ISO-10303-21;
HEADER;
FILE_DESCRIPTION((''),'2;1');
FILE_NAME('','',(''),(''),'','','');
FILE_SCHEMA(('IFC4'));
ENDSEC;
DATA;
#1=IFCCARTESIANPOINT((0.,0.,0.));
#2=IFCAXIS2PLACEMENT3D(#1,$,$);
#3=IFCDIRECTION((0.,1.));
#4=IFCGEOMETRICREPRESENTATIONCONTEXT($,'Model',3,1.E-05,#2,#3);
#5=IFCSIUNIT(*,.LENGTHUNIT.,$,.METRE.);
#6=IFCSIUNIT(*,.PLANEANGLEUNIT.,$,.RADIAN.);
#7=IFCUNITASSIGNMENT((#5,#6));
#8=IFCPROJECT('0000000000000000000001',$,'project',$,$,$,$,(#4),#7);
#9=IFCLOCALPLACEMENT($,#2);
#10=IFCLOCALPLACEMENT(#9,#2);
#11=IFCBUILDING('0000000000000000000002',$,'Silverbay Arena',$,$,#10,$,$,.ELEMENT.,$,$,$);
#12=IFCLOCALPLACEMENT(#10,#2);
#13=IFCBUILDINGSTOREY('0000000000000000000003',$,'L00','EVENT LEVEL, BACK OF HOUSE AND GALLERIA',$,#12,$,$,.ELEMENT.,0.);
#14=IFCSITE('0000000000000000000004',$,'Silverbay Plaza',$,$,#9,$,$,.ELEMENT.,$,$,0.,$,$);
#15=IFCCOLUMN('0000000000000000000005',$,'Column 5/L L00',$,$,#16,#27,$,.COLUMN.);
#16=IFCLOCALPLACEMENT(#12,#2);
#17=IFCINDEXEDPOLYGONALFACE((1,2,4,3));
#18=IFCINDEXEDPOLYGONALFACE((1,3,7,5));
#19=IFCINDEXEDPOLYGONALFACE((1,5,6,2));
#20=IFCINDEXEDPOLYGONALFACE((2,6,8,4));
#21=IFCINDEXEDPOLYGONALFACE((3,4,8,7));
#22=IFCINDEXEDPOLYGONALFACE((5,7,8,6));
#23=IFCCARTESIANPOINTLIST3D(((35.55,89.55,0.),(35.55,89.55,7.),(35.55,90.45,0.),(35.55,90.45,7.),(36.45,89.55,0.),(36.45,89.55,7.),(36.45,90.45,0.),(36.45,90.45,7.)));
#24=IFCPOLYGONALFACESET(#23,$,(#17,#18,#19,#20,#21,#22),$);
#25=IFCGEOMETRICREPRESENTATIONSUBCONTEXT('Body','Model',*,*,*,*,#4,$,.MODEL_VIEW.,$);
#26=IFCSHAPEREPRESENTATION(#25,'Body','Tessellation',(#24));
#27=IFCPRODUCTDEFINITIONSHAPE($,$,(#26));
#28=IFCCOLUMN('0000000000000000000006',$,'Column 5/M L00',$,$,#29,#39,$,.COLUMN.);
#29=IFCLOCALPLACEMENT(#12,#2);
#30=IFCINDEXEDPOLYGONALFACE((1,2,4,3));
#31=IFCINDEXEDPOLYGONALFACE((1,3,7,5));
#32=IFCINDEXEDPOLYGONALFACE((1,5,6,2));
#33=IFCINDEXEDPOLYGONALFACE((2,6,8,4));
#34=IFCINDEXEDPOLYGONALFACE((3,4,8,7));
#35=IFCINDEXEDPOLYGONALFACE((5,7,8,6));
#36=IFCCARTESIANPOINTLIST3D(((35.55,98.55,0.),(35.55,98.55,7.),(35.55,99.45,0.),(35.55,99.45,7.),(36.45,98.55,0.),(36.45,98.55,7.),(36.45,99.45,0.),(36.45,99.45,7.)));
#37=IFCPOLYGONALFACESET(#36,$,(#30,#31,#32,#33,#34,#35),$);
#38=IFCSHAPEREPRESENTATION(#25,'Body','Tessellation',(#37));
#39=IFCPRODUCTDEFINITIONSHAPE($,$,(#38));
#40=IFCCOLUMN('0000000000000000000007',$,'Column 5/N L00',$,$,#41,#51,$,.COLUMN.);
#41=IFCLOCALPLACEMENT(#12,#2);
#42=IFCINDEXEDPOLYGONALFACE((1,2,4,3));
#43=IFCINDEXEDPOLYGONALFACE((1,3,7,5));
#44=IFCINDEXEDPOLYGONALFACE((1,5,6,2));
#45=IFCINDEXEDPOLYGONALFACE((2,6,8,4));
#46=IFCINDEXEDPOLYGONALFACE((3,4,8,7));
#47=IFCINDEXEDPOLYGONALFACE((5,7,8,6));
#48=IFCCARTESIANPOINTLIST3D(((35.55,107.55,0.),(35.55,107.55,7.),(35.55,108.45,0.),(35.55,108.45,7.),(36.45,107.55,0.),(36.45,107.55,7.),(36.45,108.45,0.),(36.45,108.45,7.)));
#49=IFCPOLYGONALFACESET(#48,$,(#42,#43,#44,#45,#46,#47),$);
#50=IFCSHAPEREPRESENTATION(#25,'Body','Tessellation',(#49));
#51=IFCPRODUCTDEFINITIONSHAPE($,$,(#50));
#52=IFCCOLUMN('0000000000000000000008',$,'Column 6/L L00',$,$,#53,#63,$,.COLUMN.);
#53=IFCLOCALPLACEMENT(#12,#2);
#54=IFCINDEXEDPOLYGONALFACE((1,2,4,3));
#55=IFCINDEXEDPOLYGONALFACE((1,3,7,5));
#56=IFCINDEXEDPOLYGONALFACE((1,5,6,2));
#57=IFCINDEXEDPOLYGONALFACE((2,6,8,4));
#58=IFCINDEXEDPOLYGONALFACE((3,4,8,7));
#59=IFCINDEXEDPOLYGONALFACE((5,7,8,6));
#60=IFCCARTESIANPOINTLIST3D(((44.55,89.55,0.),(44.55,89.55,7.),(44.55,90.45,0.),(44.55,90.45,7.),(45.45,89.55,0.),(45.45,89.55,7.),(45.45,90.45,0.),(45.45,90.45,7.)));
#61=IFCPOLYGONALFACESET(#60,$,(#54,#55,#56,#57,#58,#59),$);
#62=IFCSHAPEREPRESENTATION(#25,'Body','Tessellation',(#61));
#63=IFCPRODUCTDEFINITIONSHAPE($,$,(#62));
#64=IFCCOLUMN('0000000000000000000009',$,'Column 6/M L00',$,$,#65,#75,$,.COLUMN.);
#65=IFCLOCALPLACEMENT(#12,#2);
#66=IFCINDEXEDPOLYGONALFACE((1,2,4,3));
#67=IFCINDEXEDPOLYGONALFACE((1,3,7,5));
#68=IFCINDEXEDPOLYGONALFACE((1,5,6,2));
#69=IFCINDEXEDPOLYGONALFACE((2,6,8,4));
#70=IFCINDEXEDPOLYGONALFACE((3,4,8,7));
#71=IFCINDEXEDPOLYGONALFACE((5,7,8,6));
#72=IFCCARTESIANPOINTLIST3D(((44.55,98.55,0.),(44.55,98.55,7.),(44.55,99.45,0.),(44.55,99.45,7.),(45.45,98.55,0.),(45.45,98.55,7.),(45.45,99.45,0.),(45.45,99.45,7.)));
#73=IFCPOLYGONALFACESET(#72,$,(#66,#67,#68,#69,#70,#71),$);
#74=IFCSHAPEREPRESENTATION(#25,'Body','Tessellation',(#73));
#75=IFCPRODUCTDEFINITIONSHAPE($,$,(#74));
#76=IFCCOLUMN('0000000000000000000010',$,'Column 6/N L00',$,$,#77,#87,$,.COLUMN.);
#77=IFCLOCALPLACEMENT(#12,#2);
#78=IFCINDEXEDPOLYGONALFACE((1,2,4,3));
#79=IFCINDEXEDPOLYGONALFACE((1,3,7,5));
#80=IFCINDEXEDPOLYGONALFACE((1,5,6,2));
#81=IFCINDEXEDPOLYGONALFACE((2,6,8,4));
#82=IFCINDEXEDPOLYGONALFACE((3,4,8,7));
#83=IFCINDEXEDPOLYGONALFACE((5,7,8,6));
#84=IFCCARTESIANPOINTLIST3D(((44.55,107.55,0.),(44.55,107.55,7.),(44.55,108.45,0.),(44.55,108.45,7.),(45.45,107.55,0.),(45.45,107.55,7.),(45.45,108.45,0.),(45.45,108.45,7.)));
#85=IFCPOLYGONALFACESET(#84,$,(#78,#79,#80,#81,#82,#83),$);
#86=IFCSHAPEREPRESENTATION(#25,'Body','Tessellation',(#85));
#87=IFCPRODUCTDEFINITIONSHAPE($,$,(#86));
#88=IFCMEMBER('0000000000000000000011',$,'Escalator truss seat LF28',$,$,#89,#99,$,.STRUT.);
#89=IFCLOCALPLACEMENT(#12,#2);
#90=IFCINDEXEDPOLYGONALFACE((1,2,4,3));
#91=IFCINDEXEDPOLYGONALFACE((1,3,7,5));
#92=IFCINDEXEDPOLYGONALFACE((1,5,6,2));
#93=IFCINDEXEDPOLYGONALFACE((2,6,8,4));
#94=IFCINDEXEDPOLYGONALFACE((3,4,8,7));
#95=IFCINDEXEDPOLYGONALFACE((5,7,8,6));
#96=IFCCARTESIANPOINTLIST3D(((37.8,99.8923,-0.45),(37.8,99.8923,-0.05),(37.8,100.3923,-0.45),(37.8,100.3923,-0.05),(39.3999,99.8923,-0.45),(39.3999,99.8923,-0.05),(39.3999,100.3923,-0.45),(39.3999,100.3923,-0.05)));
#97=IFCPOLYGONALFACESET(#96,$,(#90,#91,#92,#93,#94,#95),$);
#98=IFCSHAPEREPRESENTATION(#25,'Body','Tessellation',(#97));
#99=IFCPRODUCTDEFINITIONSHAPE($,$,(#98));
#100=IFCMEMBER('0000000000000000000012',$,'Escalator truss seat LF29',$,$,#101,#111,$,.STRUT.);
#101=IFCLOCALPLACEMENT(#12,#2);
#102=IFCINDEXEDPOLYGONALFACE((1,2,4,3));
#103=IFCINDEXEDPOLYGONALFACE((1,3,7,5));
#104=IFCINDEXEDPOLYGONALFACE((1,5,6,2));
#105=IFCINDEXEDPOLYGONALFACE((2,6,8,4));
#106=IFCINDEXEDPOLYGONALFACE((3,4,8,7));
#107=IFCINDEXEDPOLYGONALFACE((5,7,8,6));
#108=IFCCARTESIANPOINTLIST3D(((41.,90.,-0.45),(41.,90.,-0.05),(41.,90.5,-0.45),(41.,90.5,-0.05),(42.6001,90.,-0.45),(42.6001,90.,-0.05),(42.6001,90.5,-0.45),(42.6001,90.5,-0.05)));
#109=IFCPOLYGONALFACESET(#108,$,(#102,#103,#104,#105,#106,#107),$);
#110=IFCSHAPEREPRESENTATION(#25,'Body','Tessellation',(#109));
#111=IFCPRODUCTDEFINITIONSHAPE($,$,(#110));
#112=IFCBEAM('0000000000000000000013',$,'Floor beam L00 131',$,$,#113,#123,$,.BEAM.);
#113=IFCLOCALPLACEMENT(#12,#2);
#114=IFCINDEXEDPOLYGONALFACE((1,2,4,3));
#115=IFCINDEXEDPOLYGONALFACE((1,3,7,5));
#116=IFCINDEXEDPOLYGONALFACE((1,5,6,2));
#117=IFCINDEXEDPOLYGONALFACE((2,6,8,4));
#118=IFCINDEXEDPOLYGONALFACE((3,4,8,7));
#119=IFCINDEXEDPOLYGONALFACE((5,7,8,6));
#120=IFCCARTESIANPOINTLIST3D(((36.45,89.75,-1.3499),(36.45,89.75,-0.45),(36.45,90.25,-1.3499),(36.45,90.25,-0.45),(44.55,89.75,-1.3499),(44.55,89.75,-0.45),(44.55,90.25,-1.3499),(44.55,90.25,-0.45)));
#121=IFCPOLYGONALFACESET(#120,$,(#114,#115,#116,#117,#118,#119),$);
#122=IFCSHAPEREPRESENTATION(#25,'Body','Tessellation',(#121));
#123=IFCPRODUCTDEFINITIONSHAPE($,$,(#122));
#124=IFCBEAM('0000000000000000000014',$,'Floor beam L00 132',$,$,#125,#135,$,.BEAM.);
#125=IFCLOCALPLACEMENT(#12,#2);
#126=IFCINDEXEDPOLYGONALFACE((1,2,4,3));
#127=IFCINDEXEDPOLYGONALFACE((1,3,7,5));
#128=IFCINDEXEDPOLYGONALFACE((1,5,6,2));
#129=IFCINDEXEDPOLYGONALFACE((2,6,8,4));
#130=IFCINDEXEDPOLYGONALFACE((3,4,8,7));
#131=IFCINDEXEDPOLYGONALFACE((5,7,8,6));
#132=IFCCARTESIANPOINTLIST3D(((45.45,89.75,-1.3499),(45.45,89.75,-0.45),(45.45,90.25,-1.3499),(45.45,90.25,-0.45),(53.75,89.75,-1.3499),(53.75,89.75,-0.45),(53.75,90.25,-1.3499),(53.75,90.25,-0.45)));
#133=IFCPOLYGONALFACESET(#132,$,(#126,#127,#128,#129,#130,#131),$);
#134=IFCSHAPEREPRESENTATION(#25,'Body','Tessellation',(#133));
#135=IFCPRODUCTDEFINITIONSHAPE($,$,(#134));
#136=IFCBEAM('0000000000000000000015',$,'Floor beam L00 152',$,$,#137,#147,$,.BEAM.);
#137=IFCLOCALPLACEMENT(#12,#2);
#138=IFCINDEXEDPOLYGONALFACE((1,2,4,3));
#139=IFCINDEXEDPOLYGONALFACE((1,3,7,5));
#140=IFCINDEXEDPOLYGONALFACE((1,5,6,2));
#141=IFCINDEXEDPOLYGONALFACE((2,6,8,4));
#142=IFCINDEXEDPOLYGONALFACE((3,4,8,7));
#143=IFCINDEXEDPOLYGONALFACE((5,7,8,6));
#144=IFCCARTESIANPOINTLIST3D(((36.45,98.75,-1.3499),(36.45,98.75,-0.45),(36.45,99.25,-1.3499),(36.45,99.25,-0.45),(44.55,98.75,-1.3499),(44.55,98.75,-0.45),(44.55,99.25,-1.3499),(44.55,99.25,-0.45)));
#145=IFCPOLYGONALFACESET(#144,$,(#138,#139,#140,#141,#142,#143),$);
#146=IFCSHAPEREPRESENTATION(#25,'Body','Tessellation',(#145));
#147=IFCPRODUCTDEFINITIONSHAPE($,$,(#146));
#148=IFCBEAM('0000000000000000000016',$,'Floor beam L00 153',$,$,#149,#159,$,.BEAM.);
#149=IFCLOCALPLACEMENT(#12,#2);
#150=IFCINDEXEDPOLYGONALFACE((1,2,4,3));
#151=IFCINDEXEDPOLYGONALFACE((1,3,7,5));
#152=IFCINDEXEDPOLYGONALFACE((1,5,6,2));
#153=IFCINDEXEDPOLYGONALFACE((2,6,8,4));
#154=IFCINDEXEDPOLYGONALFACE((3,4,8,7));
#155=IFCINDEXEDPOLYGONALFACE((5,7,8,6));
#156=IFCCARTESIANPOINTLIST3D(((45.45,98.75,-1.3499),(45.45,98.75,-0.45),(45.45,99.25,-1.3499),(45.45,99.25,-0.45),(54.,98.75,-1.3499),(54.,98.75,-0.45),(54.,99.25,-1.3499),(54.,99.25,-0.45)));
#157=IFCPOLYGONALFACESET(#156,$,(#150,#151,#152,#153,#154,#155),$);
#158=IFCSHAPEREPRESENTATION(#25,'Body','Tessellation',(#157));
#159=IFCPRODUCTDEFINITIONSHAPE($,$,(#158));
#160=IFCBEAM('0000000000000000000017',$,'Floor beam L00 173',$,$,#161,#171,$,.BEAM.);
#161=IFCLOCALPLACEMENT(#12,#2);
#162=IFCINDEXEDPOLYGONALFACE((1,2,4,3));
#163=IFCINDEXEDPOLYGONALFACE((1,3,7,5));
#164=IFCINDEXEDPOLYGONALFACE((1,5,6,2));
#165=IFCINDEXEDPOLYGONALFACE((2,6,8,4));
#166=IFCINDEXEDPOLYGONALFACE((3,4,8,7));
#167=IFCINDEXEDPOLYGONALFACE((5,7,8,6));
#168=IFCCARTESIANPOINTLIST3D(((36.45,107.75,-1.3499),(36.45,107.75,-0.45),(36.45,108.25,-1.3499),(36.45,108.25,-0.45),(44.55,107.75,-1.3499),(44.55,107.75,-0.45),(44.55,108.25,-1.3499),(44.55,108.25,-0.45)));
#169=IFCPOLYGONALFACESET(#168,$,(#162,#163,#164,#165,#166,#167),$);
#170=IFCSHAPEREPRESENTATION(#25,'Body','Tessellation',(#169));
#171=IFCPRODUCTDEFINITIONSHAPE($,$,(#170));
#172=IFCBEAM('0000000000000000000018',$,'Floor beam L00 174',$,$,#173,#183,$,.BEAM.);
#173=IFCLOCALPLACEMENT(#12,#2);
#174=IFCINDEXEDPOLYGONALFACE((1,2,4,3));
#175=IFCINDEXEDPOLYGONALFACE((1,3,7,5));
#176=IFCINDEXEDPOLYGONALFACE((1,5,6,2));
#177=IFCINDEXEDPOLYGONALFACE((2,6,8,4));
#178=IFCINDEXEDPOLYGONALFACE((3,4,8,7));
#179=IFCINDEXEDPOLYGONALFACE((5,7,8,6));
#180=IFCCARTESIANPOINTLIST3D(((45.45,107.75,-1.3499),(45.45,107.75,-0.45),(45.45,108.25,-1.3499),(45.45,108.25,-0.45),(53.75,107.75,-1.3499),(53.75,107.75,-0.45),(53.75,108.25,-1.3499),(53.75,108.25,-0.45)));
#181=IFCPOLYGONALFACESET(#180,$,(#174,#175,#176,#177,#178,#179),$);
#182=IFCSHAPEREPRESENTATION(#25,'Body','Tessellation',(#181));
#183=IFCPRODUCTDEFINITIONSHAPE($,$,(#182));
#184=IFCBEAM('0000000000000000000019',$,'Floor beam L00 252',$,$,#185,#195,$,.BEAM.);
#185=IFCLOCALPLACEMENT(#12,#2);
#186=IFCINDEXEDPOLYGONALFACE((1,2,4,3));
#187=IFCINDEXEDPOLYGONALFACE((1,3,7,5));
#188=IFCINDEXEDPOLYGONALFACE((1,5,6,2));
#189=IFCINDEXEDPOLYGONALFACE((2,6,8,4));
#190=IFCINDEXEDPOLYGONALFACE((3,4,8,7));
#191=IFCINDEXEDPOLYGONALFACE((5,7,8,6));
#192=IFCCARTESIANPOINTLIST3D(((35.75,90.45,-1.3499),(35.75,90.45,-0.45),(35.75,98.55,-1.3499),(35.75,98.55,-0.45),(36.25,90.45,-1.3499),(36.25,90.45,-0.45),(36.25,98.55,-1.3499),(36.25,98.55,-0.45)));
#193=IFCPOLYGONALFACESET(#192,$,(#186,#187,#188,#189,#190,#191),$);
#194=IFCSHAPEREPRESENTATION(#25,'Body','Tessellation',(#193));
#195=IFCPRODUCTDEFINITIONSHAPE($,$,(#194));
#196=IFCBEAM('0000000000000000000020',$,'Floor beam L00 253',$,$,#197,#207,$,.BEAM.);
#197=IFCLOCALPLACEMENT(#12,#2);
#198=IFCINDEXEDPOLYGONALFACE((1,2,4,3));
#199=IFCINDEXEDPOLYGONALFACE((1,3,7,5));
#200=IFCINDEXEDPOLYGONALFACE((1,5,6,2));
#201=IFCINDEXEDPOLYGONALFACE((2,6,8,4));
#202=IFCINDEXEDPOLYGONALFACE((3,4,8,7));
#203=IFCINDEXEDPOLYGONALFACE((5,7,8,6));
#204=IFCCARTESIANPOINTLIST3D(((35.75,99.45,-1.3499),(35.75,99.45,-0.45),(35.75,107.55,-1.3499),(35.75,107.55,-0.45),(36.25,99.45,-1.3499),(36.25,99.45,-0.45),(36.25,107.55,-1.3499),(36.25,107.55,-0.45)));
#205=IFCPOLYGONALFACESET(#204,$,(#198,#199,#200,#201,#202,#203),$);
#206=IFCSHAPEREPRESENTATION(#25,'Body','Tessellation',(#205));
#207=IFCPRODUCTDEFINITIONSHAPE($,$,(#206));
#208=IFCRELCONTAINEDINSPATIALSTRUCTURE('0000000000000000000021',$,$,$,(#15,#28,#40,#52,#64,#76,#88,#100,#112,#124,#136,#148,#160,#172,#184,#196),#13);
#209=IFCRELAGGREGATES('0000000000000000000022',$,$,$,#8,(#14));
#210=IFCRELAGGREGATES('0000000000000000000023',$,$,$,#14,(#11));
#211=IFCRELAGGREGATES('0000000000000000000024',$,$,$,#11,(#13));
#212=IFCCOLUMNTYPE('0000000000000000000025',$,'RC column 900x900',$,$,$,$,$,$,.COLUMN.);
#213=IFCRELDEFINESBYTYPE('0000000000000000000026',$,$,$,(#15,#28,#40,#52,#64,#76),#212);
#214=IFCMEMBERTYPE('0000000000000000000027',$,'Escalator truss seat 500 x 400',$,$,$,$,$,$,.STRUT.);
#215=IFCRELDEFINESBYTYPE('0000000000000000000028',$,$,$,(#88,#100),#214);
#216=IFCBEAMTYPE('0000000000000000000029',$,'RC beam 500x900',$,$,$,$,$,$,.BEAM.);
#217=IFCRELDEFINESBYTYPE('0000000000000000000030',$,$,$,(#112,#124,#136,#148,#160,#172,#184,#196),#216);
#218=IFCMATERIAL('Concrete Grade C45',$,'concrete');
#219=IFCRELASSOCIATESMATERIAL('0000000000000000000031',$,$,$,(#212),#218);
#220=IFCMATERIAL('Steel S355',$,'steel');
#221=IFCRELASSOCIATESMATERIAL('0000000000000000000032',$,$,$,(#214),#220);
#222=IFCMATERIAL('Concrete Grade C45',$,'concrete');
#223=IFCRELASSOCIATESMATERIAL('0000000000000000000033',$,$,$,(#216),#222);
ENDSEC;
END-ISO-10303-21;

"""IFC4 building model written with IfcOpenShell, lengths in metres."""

from ifc_helpers import new_model, si_unit, direction, frame, origin, origin_2d, place, context, subcontext, project, spatial, rectangle, extrude, material, material_profile, profile_set, type_object, element, save


model = new_model("IFC4")

# Units and contexts
model_context = context("Model", 3, precision=1e-05, world=origin(), true_north=direction((0.0, 1.0)))
body_context = subcontext(model_context, "Body", "Model", "MODEL_VIEW")
ifc_project = project(units=[si_unit("LENGTHUNIT", "METRE"), si_unit("PLANEANGLEUNIT", "RADIAN")], contexts=[model_context])

# Site, building, storey
site_placement = place(None, origin())
site = spatial("IfcSite", under=ifc_project, at=site_placement, Name="Silverbay Plaza", CompositionType="ELEMENT", RefElevation=0.0)
building_placement = place(site_placement, origin())
building = spatial("IfcBuilding", under=site, at=building_placement, Name="Silverbay Arena", CompositionType="ELEMENT")
storey_placement = place(building_placement, origin())
storey = spatial("IfcBuildingStorey", under=building, at=storey_placement, Name="L00", Description="EVENT LEVEL, BACK OF HOUSE AND GALLERIA", CompositionType="ELEMENT", Elevation=0.0)

# Columns
ifc_material_1 = material(Name="Concrete Grade C45", Category="concrete")
ifc_material_profile_1 = material_profile(ifc_material_1, rectangle(XDim=0.8999, YDim=0.8999, at=origin_2d()), Name="RC 900x900")
ifc_profile_set_1 = profile_set([ifc_material_profile_1], Name="Concrete Grade C45")
column_type = type_object("IfcColumnType", Name="RC column 900x900", PredefinedType="COLUMN", material=ifc_profile_set_1)
for number, where, z_axis, x_axis, name in (
    (1, (36.0, 90.0, 0.0), (0.0, 0.0, 1.0), (1.0, 0.0, 0.0), "Column 5/L L00"),
    (2, (36.0, 99.0, 0.0), (0.0, 0.0, 1.0), (1.0, 0.0, 0.0), "Column 5/M L00"),
    (3, (36.0, 108.0, 0.0), (0.0, 0.0, 1.0), (1.0, 0.0, 0.0), "Column 5/N L00"),
    (4, (45.0, 90.0, 0.0), (0.0, 0.0, 1.0), (1.0, 0.0, 0.0), "Column 6/L L00"),
    (5, (45.0, 99.0, 0.0), (0.0, 0.0, 1.0), (1.0, 0.0, 0.0), "Column 6/M L00"),
    (6, (45.0, 108.0, 0.0), (0.0, 0.0, 1.0), (1.0, 0.0, 0.0), "Column 6/N L00"),
):
    element("IfcColumn", number, at=place(storey_placement, frame(where, z_axis=z_axis, x_axis=x_axis)), inside=storey, type_object=column_type, Name=name, PredefinedType="COLUMN", context=body_context, shape_type="SweptSolid", body=[
        extrude(rectangle(XDim=0.8999, YDim=0.8999, at=origin_2d()), origin(), (0.0, 0.0, 1.0), 7.0),
    ])

# Members
ifc_material_2 = material(Name="Steel S355", Category="steel")
ifc_material_profile_2 = material_profile(ifc_material_2, rectangle(XDim=0.5, YDim=0.3999, at=origin_2d()), Name="BOX 500x400")
ifc_profile_set_2 = profile_set([ifc_material_profile_2], Name="Steel S355")
member_type = type_object("IfcMemberType", Name="Escalator truss seat 500 x 400", PredefinedType="STRUT", material=ifc_profile_set_2)
member_1_placement = place(storey_placement, frame((37.8, 100.1423, -0.25), z_axis=(1.0, 0.0, 0.0), x_axis=(0.0, 1.0, 0.0)))
element("IfcMember", 7, at=member_1_placement, inside=storey, type_object=member_type, Name="Escalator truss seat LF28", PredefinedType="STRUT", context=body_context, shape_type="SweptSolid", body=[
    extrude(rectangle(XDim=0.5, YDim=0.3999, at=origin_2d()), origin(), (0.0, 0.0, 1.0), 1.5999),
])
member_2_placement = place(storey_placement, frame((41.0, 90.25, -0.25), z_axis=(1.0, 0.0, 0.0), x_axis=(0.0, 1.0, 0.0)))
element("IfcMember", 8, at=member_2_placement, inside=storey, type_object=member_type, Name="Escalator truss seat LF29", PredefinedType="STRUT", context=body_context, shape_type="SweptSolid", body=[
    extrude(rectangle(XDim=0.5, YDim=0.3999, at=origin_2d()), origin(), (0.0, 0.0, 1.0), 1.6001),
])

# Beams
ifc_material_3 = material(Name="Concrete Grade C45", Category="concrete")
ifc_material_profile_3 = material_profile(ifc_material_3, rectangle(XDim=0.5, YDim=0.8999, at=origin_2d()), Name="RC 500x900")
ifc_profile_set_3 = profile_set([ifc_material_profile_3], Name="Concrete Grade C45")
beam_type = type_object("IfcBeamType", Name="RC beam 500x900", PredefinedType="BEAM", material=ifc_profile_set_3)
beam_1_placement = place(storey_placement, frame((36.45, 90.0, -0.8999), z_axis=(1.0, 0.0, 0.0), x_axis=(0.0, 1.0, 0.0)))
element("IfcBeam", 9, at=beam_1_placement, inside=storey, type_object=beam_type, Name="Floor beam L00 131", PredefinedType="BEAM", context=body_context, shape_type="SweptSolid", body=[
    extrude(rectangle(XDim=0.5, YDim=0.8999, at=origin_2d()), origin(), (0.0, 0.0, 1.0), 8.1001),
])
beam_2_placement = place(storey_placement, frame((45.45, 90.0, -0.8999), z_axis=(1.0, 0.0, 0.0), x_axis=(0.0, 1.0, 0.0)))
element("IfcBeam", 10, at=beam_2_placement, inside=storey, type_object=beam_type, Name="Floor beam L00 132", PredefinedType="BEAM", context=body_context, shape_type="SweptSolid", body=[
    extrude(rectangle(XDim=0.5, YDim=0.8999, at=origin_2d()), origin(), (0.0, 0.0, 1.0), 8.3),
])
beam_3_placement = place(storey_placement, frame((36.45, 99.0, -0.8999), z_axis=(1.0, 0.0, 0.0), x_axis=(0.0, 1.0, 0.0)))
element("IfcBeam", 11, at=beam_3_placement, inside=storey, type_object=beam_type, Name="Floor beam L00 152", PredefinedType="BEAM", context=body_context, shape_type="SweptSolid", body=[
    extrude(rectangle(XDim=0.5, YDim=0.8999, at=origin_2d()), origin(), (0.0, 0.0, 1.0), 8.1001),
])
beam_4_placement = place(storey_placement, frame((45.45, 99.0, -0.8999), z_axis=(1.0, 0.0, 0.0), x_axis=(0.0, 1.0, 0.0)))
element("IfcBeam", 12, at=beam_4_placement, inside=storey, type_object=beam_type, Name="Floor beam L00 153", PredefinedType="BEAM", context=body_context, shape_type="SweptSolid", body=[
    extrude(rectangle(XDim=0.5, YDim=0.8999, at=origin_2d()), origin(), (0.0, 0.0, 1.0), 8.55),
])
beam_5_placement = place(storey_placement, frame((36.45, 108.0, -0.8999), z_axis=(1.0, 0.0, 0.0), x_axis=(0.0, 1.0, 0.0)))
element("IfcBeam", 13, at=beam_5_placement, inside=storey, type_object=beam_type, Name="Floor beam L00 173", PredefinedType="BEAM", context=body_context, shape_type="SweptSolid", body=[
    extrude(rectangle(XDim=0.5, YDim=0.8999, at=origin_2d()), origin(), (0.0, 0.0, 1.0), 8.1001),
])
beam_6_placement = place(storey_placement, frame((45.45, 108.0, -0.8999), z_axis=(1.0, 0.0, 0.0), x_axis=(0.0, 1.0, 0.0)))
element("IfcBeam", 14, at=beam_6_placement, inside=storey, type_object=beam_type, Name="Floor beam L00 174", PredefinedType="BEAM", context=body_context, shape_type="SweptSolid", body=[
    extrude(rectangle(XDim=0.5, YDim=0.8999, at=origin_2d()), origin(), (0.0, 0.0, 1.0), 8.3),
])
for number, where, z_axis, x_axis, name in (
    (15, (36.0, 90.45, -0.8999), (0.0, 1.0, 0.0), (-1.0, 0.0, 0.0), "Floor beam L00 252"),
    (16, (36.0, 99.45, -0.8999), (0.0, 1.0, 0.0), (-1.0, 0.0, 0.0), "Floor beam L00 253"),
):
    element("IfcBeam", number, at=place(storey_placement, frame(where, z_axis=z_axis, x_axis=x_axis)), inside=storey, type_object=beam_type, Name=name, PredefinedType="BEAM", context=body_context, shape_type="SweptSolid", body=[
        extrude(rectangle(XDim=0.5, YDim=0.8999, at=origin_2d()), origin(), (0.0, 0.0, 1.0), 8.1001),
    ])

save(model, "model.ifc")
